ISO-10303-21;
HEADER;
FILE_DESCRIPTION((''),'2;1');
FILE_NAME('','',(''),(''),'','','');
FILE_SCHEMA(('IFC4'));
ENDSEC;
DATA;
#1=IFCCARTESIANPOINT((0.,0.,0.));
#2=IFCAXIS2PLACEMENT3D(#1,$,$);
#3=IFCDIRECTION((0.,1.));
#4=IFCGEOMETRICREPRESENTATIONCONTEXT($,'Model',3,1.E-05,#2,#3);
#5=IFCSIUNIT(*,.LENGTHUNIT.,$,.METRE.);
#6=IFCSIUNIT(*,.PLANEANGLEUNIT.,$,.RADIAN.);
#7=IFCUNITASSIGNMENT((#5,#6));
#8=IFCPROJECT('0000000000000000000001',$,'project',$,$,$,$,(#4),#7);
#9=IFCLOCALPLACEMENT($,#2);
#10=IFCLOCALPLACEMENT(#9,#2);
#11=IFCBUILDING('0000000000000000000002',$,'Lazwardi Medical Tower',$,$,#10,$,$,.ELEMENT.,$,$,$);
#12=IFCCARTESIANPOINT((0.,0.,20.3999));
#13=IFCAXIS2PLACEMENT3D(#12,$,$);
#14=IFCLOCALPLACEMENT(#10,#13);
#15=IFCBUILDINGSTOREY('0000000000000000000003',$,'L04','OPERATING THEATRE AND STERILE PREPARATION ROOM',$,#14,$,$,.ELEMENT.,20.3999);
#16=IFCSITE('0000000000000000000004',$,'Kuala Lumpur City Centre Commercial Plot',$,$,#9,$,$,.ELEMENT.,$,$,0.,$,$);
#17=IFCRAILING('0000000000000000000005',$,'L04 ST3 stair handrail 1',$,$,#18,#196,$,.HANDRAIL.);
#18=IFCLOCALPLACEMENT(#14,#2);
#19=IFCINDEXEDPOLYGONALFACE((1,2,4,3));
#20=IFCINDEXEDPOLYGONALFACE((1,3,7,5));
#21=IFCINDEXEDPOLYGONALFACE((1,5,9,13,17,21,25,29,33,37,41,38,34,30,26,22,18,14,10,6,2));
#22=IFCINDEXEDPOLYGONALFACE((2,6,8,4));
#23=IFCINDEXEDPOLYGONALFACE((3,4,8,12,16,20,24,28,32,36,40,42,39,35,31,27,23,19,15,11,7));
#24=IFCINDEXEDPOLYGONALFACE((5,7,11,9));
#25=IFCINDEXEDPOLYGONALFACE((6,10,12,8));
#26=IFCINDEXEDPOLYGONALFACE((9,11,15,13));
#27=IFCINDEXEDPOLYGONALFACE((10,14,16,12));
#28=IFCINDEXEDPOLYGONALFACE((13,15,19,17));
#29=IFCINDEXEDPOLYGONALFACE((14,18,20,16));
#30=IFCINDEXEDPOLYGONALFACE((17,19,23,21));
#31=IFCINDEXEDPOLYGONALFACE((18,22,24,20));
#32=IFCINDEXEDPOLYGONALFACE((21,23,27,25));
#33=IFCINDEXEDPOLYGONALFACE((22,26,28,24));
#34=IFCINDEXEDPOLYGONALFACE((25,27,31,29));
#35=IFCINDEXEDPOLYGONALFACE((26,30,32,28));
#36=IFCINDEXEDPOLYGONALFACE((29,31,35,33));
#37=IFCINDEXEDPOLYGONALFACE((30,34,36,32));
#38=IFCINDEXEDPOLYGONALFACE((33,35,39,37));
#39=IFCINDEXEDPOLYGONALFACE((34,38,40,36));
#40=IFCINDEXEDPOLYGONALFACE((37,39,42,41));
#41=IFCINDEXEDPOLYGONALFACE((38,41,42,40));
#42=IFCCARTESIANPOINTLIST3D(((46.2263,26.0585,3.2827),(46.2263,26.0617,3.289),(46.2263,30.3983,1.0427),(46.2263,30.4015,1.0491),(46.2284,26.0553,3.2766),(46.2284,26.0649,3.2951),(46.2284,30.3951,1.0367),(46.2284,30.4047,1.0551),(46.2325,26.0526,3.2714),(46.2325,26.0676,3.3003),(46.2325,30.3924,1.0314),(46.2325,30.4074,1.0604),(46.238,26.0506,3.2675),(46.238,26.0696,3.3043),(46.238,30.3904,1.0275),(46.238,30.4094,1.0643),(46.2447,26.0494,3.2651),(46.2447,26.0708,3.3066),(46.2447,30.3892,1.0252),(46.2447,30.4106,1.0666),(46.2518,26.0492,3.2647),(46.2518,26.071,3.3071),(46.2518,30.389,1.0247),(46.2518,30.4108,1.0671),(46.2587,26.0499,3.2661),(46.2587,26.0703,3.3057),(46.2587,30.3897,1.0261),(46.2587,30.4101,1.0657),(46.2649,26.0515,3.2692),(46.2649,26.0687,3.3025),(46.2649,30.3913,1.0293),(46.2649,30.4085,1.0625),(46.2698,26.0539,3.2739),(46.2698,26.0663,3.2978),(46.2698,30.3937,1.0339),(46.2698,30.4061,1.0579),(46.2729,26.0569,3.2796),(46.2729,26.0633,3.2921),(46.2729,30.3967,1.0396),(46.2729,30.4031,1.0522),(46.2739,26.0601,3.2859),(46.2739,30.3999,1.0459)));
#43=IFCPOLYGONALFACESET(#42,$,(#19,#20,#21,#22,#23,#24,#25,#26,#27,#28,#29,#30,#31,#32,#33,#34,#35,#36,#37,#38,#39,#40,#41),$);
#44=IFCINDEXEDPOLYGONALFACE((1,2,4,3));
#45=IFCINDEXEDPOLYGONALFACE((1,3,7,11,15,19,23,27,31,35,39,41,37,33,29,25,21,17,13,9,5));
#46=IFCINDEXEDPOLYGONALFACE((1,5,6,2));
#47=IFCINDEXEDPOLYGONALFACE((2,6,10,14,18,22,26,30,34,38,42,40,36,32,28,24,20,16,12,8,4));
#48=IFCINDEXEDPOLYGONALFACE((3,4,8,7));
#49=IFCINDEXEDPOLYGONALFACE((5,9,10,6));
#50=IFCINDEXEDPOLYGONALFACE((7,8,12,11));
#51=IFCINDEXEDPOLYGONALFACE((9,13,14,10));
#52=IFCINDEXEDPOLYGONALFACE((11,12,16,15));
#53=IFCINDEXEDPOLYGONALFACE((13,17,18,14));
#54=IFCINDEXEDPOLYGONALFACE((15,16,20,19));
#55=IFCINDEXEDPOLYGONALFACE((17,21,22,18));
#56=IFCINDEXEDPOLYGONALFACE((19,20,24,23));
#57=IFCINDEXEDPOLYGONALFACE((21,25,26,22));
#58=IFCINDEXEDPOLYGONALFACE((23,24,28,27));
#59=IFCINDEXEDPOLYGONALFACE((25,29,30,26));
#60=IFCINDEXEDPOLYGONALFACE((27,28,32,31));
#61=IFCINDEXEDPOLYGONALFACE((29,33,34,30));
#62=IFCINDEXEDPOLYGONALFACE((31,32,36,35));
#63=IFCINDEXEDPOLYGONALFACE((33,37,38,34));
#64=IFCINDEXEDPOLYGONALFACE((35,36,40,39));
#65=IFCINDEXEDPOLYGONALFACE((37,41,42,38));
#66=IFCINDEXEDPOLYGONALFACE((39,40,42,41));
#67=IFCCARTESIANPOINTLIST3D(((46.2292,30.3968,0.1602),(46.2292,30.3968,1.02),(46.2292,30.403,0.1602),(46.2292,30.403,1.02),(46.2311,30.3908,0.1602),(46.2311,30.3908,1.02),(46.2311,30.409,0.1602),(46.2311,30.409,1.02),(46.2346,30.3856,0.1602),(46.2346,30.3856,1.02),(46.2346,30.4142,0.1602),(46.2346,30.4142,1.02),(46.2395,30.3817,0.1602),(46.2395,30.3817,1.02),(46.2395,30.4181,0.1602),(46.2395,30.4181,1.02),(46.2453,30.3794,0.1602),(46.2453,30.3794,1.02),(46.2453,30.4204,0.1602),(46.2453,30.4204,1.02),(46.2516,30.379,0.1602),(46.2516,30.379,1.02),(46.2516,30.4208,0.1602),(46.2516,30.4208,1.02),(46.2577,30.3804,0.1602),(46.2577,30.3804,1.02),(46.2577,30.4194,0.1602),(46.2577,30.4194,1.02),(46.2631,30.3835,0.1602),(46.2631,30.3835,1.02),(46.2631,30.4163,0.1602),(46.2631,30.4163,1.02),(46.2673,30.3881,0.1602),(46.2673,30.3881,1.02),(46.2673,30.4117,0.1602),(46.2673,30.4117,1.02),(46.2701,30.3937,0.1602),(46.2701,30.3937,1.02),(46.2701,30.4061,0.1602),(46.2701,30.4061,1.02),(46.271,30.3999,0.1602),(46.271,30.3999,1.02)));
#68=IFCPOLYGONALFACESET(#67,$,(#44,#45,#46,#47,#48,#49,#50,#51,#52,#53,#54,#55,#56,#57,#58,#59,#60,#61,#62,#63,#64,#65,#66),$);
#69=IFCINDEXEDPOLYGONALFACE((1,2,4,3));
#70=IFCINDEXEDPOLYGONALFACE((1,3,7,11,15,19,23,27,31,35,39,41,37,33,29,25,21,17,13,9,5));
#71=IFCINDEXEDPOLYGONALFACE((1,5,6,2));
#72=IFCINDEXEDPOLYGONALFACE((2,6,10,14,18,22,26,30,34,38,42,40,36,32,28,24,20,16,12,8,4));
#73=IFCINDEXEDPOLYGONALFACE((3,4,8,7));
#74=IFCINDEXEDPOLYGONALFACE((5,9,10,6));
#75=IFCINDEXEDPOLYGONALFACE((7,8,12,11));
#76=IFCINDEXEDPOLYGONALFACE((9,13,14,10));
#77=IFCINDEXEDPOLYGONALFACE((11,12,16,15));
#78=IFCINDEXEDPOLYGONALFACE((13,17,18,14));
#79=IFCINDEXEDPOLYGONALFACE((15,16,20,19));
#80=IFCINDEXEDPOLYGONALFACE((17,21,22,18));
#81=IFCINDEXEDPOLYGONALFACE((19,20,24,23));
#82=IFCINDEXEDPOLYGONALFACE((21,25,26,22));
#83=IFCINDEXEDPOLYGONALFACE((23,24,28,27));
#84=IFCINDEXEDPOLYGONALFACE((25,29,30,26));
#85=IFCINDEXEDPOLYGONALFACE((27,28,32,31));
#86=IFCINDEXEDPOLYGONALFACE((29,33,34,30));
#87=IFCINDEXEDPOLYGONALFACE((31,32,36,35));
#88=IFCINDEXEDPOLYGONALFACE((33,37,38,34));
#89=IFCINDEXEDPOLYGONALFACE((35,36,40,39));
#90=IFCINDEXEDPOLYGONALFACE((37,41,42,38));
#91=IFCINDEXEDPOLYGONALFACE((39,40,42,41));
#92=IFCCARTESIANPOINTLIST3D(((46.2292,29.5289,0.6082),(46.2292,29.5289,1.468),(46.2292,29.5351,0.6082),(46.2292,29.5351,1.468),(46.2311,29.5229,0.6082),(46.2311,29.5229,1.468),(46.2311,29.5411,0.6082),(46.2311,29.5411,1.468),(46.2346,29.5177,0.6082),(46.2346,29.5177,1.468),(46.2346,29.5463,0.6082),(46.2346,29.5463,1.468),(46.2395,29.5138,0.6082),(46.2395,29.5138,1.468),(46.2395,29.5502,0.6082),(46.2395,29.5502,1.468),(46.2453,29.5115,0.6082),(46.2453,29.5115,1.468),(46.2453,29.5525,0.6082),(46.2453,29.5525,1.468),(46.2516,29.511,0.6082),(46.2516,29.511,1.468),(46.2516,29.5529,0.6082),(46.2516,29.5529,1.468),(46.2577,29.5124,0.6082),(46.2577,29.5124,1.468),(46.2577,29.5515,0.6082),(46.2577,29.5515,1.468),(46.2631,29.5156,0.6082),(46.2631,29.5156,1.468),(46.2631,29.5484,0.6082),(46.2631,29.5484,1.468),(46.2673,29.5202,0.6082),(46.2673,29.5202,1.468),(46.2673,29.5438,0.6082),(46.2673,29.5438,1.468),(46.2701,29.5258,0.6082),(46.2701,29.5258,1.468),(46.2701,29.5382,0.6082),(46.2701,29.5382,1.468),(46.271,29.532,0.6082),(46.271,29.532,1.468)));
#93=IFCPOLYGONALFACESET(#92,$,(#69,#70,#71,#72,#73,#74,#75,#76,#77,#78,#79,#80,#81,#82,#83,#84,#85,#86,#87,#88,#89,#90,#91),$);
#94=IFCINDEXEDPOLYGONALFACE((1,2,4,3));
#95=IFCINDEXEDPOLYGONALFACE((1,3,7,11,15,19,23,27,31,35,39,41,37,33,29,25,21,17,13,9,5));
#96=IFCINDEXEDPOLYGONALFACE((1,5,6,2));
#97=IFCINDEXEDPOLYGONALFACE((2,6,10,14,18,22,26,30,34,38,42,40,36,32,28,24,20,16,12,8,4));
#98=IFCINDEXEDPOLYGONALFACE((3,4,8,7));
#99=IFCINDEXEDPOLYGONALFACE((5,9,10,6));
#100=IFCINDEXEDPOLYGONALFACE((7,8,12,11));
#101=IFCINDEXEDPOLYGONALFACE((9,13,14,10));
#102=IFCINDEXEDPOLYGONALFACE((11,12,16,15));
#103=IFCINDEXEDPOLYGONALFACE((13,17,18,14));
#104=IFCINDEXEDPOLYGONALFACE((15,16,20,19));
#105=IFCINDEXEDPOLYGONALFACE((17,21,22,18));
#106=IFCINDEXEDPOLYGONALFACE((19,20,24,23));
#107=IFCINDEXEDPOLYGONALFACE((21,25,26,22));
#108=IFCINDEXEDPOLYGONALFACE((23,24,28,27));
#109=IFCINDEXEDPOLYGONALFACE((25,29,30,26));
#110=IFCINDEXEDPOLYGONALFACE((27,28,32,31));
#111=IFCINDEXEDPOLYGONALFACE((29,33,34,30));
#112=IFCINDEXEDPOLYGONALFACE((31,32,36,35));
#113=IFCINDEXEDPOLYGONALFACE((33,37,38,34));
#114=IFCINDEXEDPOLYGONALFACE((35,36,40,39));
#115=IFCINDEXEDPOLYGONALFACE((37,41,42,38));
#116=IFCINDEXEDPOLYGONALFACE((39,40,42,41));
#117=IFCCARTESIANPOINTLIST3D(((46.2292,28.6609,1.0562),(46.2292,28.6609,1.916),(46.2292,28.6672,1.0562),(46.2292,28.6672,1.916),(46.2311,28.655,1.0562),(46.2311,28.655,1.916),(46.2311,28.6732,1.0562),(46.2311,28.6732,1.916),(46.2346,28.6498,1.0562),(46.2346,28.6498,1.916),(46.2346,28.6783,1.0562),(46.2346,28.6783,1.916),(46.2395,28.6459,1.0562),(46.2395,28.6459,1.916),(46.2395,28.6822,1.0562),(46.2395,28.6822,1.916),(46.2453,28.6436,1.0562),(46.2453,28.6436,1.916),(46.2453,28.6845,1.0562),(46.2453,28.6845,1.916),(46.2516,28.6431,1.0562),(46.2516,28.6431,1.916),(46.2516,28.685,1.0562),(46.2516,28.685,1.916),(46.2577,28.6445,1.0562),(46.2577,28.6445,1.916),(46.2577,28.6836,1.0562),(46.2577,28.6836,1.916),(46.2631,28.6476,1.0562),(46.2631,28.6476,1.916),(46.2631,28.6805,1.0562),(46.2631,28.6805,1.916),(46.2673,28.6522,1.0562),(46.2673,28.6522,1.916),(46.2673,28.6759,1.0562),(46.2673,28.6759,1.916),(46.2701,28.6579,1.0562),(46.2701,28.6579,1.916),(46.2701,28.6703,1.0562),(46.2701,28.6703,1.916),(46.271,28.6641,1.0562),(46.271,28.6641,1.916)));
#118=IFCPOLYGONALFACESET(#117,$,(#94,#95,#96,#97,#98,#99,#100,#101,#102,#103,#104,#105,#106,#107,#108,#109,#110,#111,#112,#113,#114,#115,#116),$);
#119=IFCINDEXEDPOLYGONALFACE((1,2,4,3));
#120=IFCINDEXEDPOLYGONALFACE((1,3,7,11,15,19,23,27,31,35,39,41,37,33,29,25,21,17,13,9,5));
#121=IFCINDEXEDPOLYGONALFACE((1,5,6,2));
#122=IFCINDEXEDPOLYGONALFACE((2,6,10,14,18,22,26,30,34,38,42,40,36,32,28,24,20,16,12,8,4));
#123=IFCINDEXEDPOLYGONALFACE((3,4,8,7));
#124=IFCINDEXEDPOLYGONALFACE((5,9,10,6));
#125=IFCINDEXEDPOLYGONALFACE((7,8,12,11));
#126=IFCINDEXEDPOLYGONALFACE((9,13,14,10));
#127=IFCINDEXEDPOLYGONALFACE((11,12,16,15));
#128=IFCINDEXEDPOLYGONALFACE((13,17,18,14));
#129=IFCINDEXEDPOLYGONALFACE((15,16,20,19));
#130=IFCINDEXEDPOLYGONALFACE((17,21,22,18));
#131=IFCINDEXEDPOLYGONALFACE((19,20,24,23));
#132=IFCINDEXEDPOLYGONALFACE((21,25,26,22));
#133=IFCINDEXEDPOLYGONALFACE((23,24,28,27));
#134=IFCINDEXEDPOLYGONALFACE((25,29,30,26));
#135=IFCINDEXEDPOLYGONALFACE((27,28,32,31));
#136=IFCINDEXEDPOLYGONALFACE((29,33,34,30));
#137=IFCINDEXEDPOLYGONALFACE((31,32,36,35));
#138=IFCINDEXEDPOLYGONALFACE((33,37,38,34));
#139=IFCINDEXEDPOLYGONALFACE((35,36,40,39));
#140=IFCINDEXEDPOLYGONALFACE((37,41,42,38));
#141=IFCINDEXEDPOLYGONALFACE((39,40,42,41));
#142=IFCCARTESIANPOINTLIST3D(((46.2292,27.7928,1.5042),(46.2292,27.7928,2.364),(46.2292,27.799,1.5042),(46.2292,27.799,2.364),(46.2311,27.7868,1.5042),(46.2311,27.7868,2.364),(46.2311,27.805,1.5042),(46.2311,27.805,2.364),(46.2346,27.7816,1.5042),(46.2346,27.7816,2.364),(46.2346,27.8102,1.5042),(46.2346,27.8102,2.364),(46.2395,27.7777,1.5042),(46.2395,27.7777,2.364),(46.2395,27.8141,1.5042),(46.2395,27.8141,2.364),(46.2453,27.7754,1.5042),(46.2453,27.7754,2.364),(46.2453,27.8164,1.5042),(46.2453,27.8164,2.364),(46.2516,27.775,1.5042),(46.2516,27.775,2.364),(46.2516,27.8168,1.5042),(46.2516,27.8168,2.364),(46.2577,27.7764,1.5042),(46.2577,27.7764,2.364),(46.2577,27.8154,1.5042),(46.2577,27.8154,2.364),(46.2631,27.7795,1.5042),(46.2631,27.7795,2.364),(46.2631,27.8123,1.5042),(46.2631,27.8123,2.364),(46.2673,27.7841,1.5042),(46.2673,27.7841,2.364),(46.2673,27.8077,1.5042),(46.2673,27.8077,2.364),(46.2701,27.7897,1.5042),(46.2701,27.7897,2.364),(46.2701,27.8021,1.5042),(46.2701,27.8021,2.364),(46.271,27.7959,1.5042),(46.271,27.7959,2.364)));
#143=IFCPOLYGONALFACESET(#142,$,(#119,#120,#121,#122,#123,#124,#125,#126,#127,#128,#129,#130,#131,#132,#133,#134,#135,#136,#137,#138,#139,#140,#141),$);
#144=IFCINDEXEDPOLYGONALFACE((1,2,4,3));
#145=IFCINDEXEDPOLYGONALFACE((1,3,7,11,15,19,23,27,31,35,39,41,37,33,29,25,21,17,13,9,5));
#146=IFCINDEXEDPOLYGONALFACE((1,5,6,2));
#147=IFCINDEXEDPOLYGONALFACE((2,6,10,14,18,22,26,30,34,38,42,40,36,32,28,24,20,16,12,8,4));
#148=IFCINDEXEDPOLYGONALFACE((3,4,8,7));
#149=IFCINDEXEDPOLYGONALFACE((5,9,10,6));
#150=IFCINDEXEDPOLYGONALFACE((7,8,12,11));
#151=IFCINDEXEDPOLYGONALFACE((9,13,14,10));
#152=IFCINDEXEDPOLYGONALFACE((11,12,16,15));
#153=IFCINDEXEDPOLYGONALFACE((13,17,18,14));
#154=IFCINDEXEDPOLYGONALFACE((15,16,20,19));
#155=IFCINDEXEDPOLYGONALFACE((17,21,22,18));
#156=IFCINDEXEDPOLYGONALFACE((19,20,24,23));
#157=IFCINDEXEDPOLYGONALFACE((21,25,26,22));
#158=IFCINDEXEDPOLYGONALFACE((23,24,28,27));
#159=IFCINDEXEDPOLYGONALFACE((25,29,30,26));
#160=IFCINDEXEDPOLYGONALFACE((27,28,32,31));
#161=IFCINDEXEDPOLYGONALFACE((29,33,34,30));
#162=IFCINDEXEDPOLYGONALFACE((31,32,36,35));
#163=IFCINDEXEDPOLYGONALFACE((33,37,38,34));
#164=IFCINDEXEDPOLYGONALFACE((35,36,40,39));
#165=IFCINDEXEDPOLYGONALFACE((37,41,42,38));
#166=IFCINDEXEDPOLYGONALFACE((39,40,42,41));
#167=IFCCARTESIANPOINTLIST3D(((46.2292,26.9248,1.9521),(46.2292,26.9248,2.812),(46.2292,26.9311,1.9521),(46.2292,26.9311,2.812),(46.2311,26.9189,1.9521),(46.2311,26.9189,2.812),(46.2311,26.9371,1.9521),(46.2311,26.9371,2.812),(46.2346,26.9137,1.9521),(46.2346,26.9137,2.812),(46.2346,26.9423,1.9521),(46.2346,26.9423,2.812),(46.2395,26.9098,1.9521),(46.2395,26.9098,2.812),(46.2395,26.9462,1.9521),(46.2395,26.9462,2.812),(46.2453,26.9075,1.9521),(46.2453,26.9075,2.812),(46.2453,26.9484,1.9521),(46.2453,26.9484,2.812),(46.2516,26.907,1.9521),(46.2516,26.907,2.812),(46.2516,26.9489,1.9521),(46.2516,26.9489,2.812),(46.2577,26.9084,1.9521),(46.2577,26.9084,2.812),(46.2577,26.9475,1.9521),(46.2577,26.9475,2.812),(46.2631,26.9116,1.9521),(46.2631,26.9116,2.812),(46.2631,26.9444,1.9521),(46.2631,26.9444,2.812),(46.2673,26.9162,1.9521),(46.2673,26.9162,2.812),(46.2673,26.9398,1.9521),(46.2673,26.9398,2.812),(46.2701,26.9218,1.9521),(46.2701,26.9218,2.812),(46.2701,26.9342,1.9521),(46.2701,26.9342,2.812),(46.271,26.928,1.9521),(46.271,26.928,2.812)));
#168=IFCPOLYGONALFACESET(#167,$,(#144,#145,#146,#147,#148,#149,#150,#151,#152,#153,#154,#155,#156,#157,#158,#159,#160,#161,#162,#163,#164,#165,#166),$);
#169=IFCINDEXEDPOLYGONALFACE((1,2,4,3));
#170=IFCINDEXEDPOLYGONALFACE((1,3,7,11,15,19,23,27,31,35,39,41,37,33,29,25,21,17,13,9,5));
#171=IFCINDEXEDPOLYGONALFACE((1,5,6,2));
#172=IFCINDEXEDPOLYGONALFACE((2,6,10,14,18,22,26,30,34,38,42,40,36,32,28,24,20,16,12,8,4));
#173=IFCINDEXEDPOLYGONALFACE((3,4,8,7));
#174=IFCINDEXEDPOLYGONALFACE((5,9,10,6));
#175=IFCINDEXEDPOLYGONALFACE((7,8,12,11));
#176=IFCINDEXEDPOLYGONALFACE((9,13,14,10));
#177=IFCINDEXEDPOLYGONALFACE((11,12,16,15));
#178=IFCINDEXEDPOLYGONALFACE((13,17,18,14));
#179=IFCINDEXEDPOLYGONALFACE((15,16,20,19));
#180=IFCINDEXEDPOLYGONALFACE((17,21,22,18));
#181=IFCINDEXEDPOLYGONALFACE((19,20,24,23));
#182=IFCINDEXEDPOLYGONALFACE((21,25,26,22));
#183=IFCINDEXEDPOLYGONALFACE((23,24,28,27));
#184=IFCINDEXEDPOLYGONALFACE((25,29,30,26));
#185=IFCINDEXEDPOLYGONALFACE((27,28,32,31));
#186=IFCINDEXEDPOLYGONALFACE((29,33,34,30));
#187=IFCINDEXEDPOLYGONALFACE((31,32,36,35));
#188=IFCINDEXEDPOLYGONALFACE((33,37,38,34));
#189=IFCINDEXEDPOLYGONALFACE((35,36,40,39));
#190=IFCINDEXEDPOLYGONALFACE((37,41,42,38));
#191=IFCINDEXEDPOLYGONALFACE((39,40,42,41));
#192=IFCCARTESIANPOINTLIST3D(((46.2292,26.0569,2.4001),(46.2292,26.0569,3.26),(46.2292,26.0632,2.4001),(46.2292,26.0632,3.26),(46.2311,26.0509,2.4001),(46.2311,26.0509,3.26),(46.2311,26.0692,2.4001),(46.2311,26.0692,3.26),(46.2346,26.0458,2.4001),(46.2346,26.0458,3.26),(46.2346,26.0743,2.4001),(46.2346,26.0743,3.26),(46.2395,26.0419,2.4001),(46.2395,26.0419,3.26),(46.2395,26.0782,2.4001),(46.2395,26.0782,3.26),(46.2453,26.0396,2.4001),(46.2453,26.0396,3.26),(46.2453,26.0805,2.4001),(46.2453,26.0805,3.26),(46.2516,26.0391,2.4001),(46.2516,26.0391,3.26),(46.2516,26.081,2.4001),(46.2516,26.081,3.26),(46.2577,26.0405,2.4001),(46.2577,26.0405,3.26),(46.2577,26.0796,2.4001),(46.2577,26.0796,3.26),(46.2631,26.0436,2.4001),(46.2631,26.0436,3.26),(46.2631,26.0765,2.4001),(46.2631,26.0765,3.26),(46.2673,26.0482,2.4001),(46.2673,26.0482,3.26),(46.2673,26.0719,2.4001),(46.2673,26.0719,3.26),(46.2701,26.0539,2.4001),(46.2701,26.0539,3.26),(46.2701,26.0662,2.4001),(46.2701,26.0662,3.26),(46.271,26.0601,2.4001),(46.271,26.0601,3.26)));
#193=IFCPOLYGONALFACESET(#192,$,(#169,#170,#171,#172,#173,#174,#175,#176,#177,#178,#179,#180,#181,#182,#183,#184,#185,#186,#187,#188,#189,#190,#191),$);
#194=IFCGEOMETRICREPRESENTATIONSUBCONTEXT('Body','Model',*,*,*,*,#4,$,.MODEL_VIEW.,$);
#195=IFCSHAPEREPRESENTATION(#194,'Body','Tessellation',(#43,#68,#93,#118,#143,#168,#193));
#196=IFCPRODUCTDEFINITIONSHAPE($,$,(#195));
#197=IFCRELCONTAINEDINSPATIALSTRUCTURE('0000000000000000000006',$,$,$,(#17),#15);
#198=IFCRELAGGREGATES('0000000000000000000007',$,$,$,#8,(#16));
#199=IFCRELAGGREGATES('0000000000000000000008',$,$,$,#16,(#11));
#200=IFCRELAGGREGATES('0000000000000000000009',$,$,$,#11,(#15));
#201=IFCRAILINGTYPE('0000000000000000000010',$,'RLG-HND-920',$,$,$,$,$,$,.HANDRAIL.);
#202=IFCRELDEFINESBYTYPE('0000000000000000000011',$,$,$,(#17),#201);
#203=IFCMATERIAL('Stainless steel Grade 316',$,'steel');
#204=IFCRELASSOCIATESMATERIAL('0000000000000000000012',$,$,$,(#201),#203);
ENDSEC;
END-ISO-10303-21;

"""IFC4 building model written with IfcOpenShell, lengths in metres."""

from ifc_helpers import new_model, si_unit, direction, frame, origin, origin_2d, place, context, subcontext, project, spatial, circle, extrude, material, type_object, element, save


model = new_model("IFC4")

# Units and contexts
model_context = context("Model", 3, precision=1e-05, world=origin(), true_north=direction((0.0, 1.0)))
body_context = subcontext(model_context, "Body", "Model", "MODEL_VIEW")
ifc_project = project(units=[si_unit("LENGTHUNIT", "METRE"), si_unit("PLANEANGLEUNIT", "RADIAN")], contexts=[model_context])

# Site, building, storey
site_placement = place(None, origin())
site = spatial("IfcSite", under=ifc_project, at=site_placement, Name="Kuala Lumpur City Centre Commercial Plot", CompositionType="ELEMENT", RefElevation=0.0)
building_placement = place(site_placement, origin())
building = spatial("IfcBuilding", under=site, at=building_placement, Name="Lazwardi Medical Tower", CompositionType="ELEMENT")
storey_placement = place(building_placement, frame((0.0, 0.0, 20.3999)))
storey = spatial("IfcBuildingStorey", under=building, at=storey_placement, Name="L04", Description="OPERATING THEATRE AND STERILE PREPARATION ROOM", CompositionType="ELEMENT", Elevation=20.3999)

# Railing
ifc_material_1 = material(Name="Stainless steel Grade 316", Category="steel")
railing_type_1 = type_object("IfcRailingType", Name="RLG-HND-920", PredefinedType="HANDRAIL", material=ifc_material_1)
railing_1_placement = place(storey_placement, frame((46.25, 30.3999, 0.1602)))
element("IfcRailing", 1, at=railing_1_placement, inside=storey, type_object=railing_type_1, Name="L04 ST3 stair handrail 1", PredefinedType="HANDRAIL", context=body_context, shape_type="SweptSolid", body=[
    extrude(circle(Radius=0.0239, at=origin_2d()), frame((0.0, 0.0, 0.8857), z_axis=(0.0, -0.888615, 0.458654), x_axis=(1.0, 0.0, 0.0)), (0.0, 0.0, 1.0), 4.8838),
    extrude(circle(Radius=0.021, at=origin_2d()), origin(), (0.0, 0.0, 1.0), 0.8599),
    extrude(circle(Radius=0.021, at=origin_2d()), frame((0.0, -0.8679, 0.448)), (0.0, 0.0, 1.0), 0.8599),
    extrude(circle(Radius=0.021, at=origin_2d()), frame((0.0, -1.7358, 0.896)), (0.0, 0.0, 1.0), 0.8599),
    extrude(circle(Radius=0.021, at=origin_2d()), frame((0.0, -2.604, 1.344)), (0.0, 0.0, 1.0), 0.8599),
    extrude(circle(Radius=0.021, at=origin_2d()), frame((0.0, -3.4719, 1.792)), (0.0, 0.0, 1.0), 0.8599),
    extrude(circle(Radius=0.021, at=origin_2d()), frame((0.0, -4.3398, 2.24)), (0.0, 0.0, 1.0), 0.8599),
])

save(model, "model.ifc")
